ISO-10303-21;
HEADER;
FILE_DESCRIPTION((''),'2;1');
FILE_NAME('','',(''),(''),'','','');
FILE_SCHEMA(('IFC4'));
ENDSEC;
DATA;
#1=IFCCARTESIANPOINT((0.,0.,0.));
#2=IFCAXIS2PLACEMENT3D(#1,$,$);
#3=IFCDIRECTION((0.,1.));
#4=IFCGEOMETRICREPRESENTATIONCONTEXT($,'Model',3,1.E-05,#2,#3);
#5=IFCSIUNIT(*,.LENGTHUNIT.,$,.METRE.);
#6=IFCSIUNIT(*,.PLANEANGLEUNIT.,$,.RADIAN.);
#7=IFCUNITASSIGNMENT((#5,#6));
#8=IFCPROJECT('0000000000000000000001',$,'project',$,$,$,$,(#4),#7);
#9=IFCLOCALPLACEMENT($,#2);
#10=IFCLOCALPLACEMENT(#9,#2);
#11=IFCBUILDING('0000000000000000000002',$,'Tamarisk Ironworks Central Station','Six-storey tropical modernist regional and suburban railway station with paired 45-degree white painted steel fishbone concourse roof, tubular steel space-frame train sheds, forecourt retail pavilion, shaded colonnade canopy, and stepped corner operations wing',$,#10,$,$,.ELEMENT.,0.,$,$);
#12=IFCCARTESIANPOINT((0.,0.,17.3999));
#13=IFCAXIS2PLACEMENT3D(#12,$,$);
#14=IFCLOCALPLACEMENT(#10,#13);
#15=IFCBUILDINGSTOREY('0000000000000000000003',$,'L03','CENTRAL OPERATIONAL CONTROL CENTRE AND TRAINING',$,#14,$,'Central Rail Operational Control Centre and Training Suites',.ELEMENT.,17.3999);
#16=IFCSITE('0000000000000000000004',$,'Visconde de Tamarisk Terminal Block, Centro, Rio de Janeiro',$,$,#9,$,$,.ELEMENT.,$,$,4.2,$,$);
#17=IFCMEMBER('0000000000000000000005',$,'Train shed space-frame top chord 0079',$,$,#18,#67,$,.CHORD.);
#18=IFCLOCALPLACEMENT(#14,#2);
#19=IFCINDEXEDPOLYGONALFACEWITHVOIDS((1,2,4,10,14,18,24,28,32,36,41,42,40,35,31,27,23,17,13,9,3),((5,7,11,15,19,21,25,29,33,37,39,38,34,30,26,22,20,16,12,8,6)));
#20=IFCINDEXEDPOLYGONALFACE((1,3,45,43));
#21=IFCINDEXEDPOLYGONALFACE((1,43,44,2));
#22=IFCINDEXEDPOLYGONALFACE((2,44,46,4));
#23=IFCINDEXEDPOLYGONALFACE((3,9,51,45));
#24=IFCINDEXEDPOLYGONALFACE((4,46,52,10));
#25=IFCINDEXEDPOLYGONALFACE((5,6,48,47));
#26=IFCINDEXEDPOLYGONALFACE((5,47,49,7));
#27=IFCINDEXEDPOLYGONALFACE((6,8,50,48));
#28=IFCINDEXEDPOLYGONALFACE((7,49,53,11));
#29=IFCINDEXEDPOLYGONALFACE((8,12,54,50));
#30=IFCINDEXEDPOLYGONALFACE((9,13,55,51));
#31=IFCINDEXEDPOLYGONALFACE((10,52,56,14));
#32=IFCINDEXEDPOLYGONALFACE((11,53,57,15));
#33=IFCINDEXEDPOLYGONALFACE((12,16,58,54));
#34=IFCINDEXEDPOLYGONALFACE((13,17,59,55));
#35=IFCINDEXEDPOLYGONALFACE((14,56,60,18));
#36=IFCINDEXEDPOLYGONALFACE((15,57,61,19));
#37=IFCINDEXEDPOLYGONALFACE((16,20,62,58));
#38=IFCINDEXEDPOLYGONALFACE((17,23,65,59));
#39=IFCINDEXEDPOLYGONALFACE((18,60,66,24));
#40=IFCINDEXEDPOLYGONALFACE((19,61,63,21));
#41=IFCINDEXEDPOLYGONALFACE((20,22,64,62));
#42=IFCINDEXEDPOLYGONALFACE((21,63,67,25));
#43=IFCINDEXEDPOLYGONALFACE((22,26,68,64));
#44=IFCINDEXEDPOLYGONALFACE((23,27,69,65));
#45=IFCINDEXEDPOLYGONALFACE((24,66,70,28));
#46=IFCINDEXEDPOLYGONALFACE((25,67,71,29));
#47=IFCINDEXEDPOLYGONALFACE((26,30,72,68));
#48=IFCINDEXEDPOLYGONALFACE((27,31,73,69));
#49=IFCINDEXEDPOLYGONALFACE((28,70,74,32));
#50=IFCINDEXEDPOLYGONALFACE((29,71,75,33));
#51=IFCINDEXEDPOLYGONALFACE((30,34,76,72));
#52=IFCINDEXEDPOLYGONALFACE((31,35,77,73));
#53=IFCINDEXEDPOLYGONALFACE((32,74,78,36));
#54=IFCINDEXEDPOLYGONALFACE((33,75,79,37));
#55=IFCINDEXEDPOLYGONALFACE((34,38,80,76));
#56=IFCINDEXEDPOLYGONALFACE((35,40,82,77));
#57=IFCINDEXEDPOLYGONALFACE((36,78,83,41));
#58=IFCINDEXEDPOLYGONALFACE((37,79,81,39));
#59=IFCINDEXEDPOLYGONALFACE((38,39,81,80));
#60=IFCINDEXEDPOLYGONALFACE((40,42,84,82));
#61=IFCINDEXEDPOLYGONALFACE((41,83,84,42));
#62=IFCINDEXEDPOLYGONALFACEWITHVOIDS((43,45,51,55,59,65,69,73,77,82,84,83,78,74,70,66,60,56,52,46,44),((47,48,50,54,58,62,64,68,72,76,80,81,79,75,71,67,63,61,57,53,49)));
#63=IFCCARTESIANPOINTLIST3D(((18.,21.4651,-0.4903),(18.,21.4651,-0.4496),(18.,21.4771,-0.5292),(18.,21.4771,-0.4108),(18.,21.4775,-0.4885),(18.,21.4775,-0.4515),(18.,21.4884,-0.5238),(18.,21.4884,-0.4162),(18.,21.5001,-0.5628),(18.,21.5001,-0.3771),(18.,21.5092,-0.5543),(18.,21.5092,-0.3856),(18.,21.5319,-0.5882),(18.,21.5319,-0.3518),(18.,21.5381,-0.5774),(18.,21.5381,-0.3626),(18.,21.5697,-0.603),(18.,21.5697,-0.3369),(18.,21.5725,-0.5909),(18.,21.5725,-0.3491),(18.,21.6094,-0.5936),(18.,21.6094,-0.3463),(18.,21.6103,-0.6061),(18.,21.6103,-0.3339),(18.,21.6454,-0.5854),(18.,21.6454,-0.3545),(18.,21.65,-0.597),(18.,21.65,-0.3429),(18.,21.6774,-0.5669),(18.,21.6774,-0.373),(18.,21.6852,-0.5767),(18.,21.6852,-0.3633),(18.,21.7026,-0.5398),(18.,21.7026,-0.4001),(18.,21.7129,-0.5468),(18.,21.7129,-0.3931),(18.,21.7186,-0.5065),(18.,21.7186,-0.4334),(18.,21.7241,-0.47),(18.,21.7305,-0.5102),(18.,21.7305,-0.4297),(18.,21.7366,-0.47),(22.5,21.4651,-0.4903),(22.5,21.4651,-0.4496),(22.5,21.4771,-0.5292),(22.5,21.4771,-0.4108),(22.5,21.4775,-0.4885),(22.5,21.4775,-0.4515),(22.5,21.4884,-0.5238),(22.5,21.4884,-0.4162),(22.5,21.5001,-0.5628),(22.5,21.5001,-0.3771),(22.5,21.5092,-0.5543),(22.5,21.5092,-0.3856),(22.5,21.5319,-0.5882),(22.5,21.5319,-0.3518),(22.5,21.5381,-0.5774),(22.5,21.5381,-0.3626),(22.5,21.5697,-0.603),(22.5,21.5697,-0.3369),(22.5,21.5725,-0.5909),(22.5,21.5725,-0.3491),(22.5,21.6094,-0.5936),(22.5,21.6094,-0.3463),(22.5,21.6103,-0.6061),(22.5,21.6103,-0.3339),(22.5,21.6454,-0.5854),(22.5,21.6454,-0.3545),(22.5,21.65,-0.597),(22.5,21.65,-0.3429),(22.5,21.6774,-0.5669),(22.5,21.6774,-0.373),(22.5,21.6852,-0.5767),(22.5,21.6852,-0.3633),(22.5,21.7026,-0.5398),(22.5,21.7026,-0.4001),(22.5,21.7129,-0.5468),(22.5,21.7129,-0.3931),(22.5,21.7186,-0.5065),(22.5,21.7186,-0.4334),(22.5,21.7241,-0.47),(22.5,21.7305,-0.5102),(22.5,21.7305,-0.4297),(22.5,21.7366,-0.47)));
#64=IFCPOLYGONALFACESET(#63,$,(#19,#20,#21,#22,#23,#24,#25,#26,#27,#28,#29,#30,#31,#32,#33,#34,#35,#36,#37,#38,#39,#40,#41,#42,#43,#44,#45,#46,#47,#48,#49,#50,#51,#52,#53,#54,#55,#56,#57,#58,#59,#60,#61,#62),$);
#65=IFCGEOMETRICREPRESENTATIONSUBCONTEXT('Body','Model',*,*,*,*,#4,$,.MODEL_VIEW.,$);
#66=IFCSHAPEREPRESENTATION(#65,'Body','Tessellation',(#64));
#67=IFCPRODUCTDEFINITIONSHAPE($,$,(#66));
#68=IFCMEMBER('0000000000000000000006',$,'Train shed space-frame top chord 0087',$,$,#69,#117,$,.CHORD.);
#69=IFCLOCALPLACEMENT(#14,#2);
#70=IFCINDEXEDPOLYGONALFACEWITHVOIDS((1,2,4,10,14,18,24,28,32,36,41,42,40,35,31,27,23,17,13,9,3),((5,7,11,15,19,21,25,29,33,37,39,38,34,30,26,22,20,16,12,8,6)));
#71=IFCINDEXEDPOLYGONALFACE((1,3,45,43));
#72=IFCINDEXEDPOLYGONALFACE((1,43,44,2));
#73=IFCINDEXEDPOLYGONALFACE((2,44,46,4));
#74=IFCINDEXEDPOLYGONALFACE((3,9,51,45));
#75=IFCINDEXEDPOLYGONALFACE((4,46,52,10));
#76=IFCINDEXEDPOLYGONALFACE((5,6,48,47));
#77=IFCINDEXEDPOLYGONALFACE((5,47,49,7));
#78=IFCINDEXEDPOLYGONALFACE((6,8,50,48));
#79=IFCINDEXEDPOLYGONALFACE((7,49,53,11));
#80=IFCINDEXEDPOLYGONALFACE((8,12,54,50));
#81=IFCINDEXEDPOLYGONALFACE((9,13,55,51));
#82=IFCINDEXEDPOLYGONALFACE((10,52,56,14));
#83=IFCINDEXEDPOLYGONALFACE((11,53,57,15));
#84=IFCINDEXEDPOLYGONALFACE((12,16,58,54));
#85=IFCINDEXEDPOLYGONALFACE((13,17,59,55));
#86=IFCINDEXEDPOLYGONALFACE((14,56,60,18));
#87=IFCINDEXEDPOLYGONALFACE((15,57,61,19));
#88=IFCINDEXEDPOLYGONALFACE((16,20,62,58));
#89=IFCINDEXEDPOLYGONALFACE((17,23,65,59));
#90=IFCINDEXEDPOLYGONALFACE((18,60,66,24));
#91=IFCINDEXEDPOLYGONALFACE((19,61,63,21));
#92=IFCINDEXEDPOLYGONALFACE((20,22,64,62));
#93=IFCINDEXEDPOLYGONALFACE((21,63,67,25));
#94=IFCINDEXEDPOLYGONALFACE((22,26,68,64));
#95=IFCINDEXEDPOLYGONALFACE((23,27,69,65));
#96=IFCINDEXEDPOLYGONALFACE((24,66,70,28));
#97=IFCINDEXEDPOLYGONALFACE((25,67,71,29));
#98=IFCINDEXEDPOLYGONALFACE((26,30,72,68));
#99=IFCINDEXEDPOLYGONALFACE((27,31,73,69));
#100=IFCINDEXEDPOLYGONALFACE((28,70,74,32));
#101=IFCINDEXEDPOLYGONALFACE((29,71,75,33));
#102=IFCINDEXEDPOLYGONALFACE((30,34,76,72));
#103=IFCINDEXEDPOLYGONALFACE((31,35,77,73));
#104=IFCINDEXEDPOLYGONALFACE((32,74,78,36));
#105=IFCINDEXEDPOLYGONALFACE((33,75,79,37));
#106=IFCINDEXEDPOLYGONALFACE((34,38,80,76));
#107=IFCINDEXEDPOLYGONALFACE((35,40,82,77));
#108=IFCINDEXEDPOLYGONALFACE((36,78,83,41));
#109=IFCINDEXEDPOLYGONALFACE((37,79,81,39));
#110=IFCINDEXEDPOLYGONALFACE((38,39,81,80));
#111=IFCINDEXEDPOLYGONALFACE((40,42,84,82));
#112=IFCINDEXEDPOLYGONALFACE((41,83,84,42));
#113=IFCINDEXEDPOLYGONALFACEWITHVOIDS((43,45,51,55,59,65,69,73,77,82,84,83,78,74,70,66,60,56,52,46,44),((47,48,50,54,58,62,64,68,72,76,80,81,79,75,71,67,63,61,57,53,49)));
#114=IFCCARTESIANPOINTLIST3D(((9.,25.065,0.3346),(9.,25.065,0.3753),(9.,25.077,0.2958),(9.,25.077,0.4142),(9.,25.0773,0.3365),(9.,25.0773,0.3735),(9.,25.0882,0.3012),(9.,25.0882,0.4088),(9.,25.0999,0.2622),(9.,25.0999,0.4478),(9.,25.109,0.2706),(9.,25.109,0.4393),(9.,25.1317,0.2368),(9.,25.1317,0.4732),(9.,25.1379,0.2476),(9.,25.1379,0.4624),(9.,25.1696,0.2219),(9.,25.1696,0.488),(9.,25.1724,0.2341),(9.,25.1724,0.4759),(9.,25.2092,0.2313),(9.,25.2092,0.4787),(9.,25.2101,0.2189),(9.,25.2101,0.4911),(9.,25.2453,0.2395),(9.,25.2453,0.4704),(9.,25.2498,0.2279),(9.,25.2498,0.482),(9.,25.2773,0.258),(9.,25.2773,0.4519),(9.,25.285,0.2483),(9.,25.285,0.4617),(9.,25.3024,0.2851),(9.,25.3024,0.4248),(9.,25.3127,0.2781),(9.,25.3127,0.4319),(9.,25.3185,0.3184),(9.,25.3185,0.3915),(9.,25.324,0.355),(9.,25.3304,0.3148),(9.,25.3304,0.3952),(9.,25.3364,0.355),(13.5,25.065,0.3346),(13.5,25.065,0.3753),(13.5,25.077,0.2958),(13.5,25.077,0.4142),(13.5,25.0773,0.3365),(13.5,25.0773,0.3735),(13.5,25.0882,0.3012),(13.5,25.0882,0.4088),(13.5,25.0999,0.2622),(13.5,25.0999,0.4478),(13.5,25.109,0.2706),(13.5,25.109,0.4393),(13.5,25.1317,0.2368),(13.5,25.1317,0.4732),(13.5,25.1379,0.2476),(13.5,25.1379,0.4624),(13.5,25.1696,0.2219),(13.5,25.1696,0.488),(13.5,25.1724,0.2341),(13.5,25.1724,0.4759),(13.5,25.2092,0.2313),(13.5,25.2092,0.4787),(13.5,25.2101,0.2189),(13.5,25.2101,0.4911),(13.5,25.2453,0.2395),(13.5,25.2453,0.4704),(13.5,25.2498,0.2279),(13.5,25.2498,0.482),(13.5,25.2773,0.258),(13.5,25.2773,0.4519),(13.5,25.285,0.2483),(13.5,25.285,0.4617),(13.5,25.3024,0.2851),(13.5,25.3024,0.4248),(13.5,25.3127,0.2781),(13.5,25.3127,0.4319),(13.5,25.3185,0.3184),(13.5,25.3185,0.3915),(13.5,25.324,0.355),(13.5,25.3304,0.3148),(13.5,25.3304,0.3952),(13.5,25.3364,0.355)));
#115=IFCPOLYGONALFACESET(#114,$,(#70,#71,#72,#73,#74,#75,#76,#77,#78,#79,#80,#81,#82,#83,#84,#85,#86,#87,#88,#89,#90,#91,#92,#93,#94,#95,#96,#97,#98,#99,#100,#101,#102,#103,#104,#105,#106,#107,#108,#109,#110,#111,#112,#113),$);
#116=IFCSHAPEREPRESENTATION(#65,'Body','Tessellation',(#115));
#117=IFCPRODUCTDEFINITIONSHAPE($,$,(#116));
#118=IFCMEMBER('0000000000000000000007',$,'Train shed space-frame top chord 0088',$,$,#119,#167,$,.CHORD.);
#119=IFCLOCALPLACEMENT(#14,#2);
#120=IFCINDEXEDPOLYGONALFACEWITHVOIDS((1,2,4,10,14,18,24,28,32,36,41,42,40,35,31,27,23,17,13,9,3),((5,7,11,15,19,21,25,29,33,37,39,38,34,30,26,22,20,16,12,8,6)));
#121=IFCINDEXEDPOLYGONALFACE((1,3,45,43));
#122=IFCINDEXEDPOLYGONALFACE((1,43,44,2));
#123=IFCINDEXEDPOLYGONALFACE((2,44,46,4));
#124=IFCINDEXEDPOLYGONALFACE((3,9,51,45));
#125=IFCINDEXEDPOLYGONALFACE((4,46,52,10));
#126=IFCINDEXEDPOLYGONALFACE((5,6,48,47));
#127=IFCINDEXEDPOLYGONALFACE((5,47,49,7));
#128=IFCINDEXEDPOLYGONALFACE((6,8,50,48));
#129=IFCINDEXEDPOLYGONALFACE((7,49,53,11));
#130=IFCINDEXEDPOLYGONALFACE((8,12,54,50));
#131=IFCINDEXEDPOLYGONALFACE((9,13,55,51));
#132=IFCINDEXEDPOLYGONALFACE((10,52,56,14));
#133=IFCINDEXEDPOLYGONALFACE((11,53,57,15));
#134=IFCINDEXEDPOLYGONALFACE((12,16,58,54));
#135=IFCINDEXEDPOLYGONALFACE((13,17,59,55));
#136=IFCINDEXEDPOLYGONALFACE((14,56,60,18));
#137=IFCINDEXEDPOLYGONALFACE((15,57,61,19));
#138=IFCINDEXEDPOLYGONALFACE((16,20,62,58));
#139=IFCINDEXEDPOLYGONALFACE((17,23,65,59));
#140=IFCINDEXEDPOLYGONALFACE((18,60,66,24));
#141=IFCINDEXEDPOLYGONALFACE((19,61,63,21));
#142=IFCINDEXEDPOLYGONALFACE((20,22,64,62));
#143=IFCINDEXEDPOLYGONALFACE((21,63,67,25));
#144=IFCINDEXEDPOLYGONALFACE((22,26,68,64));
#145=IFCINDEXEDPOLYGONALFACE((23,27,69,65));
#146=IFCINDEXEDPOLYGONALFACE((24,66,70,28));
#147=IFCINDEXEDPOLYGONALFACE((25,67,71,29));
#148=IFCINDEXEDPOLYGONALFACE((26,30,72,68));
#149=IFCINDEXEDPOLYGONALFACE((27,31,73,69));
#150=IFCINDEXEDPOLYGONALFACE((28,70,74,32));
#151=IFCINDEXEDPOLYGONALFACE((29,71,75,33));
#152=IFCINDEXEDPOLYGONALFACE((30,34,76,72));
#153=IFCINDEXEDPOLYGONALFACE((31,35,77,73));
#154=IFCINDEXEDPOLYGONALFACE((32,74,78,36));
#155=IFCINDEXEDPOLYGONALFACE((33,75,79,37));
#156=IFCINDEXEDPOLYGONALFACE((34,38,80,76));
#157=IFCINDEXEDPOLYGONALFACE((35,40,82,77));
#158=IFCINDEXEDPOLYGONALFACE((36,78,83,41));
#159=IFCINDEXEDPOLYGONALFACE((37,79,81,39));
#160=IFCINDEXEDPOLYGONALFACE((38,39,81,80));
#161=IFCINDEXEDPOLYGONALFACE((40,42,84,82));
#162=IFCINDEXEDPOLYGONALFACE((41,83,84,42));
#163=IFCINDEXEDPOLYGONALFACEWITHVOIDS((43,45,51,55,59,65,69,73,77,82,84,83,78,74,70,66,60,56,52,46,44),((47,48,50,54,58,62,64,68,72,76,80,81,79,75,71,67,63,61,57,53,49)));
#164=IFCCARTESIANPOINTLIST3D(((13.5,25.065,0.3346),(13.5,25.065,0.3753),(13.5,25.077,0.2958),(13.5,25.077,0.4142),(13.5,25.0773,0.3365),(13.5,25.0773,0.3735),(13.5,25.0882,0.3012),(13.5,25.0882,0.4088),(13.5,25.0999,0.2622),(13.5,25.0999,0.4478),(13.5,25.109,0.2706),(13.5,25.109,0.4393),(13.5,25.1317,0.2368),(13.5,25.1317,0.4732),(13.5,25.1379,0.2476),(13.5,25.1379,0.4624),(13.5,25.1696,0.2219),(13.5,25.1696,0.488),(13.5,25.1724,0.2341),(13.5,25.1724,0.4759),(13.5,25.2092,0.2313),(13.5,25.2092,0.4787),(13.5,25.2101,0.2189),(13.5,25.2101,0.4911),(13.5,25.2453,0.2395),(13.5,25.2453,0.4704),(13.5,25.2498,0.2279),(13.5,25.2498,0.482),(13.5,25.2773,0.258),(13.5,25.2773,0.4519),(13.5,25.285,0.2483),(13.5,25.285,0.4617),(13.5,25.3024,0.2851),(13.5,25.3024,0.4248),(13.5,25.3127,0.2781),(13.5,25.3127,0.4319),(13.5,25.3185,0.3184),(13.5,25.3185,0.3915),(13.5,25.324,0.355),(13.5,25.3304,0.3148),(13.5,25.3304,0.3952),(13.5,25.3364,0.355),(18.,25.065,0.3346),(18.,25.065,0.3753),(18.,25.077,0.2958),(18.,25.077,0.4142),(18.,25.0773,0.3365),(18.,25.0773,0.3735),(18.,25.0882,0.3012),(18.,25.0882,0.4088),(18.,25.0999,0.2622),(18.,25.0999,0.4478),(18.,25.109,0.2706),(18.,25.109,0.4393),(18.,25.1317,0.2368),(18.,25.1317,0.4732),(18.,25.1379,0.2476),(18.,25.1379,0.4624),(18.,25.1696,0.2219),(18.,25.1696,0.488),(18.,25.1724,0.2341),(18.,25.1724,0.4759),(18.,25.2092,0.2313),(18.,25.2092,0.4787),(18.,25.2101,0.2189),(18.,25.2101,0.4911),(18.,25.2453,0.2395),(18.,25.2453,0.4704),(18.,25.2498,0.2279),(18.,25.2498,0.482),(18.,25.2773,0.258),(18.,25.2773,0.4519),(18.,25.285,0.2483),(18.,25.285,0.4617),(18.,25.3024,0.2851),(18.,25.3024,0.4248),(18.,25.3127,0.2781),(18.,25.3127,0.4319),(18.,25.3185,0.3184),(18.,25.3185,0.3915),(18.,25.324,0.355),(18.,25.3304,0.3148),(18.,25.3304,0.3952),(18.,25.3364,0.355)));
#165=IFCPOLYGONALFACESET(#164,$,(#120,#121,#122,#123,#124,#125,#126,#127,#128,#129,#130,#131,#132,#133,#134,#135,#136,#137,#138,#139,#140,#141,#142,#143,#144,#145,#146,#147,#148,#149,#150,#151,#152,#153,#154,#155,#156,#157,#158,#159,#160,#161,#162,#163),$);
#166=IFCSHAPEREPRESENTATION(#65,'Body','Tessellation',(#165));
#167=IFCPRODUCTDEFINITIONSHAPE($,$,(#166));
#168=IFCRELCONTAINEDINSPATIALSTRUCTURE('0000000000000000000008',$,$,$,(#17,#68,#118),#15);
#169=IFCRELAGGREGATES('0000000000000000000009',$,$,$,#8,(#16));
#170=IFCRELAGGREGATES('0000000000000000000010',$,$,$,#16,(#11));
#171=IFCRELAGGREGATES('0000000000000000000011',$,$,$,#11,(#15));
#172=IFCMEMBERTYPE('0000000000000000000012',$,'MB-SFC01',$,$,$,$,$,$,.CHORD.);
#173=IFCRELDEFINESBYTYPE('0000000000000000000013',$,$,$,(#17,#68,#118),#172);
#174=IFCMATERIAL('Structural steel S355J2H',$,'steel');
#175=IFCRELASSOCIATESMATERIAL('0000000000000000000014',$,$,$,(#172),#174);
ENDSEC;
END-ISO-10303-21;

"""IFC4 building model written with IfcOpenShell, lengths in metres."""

from ifc_helpers import new_model, si_unit, direction, frame, origin, origin_2d, place, context, subcontext, project, spatial, hollow_circle, extrude, material, material_profile, profile_set, type_object, element, save


model = new_model("IFC4")

# Units and contexts
model_context = context("Model", 3, precision=1e-05, world=origin(), true_north=direction((0.0, 1.0)))
body_context = subcontext(model_context, "Body", "Model", "MODEL_VIEW")
ifc_project = project(units=[si_unit("LENGTHUNIT", "METRE"), si_unit("PLANEANGLEUNIT", "RADIAN")], contexts=[model_context])

# Site, building, storey
site_placement = place(None, origin())
site = spatial("IfcSite", under=ifc_project, at=site_placement, Name="Visconde de Tamarisk Terminal Block, Centro, Rio de Janeiro", CompositionType="ELEMENT", RefElevation=4.2)
building_placement = place(site_placement, origin())
building = spatial("IfcBuilding", under=site, at=building_placement, Name="Tamarisk Ironworks Central Station", Description="Six-storey tropical modernist regional and suburban railway station with paired 45-degree white painted steel fishbone concourse roof, tubular steel space-frame train sheds, forecourt retail pavilion, shaded colonnade canopy, and stepped corner operations wing", CompositionType="ELEMENT", ElevationOfRefHeight=0.0)
storey_placement = place(building_placement, frame((0.0, 0.0, 17.3999)))
storey = spatial("IfcBuildingStorey", under=building, at=storey_placement, Name="L03", Description="CENTRAL OPERATIONAL CONTROL CENTRE AND TRAINING", LongName="Central Rail Operational Control Centre and Training Suites", CompositionType="ELEMENT", Elevation=17.3999)

# Members
ifc_material_1 = material(Name="Structural steel S355J2H", Category="steel")
ifc_material_profile_1 = material_profile(ifc_material_1, hollow_circle(Radius=0.1365, WallThickness=0.0125, at=origin_2d()), Name="CHS 273x12.5")
ifc_profile_set_1 = profile_set([ifc_material_profile_1], Name="Structural steel S355J2H")
member_type_1 = type_object("IfcMemberType", Name="MB-SFC01", PredefinedType="CHORD", material=ifc_profile_set_1)
for number, where, z_axis, x_axis, name in (
    (1, (18.0, 21.6001, -0.47), (1.0, 0.0, 0.0), (0.0, 1.0, 0.0), "Train shed space-frame top chord 0079"),
    (2, (9.0, 25.2, 0.355), (1.0, 0.0, 0.0), (0.0, 1.0, 0.0), "Train shed space-frame top chord 0087"),
    (3, (13.5, 25.2, 0.355), (1.0, 0.0, 0.0), (0.0, 1.0, 0.0), "Train shed space-frame top chord 0088"),
):
    element("IfcMember", number, at=place(storey_placement, frame(where, z_axis=z_axis, x_axis=x_axis)), inside=storey, type_object=member_type_1, Name=name, PredefinedType="CHORD", context=body_context, shape_type="SweptSolid", body=[
        extrude(hollow_circle(Radius=0.1365, WallThickness=0.0125, at=origin_2d()), origin(), (0.0, 0.0, 1.0), 4.5),
    ])

save(model, "model.ifc")
